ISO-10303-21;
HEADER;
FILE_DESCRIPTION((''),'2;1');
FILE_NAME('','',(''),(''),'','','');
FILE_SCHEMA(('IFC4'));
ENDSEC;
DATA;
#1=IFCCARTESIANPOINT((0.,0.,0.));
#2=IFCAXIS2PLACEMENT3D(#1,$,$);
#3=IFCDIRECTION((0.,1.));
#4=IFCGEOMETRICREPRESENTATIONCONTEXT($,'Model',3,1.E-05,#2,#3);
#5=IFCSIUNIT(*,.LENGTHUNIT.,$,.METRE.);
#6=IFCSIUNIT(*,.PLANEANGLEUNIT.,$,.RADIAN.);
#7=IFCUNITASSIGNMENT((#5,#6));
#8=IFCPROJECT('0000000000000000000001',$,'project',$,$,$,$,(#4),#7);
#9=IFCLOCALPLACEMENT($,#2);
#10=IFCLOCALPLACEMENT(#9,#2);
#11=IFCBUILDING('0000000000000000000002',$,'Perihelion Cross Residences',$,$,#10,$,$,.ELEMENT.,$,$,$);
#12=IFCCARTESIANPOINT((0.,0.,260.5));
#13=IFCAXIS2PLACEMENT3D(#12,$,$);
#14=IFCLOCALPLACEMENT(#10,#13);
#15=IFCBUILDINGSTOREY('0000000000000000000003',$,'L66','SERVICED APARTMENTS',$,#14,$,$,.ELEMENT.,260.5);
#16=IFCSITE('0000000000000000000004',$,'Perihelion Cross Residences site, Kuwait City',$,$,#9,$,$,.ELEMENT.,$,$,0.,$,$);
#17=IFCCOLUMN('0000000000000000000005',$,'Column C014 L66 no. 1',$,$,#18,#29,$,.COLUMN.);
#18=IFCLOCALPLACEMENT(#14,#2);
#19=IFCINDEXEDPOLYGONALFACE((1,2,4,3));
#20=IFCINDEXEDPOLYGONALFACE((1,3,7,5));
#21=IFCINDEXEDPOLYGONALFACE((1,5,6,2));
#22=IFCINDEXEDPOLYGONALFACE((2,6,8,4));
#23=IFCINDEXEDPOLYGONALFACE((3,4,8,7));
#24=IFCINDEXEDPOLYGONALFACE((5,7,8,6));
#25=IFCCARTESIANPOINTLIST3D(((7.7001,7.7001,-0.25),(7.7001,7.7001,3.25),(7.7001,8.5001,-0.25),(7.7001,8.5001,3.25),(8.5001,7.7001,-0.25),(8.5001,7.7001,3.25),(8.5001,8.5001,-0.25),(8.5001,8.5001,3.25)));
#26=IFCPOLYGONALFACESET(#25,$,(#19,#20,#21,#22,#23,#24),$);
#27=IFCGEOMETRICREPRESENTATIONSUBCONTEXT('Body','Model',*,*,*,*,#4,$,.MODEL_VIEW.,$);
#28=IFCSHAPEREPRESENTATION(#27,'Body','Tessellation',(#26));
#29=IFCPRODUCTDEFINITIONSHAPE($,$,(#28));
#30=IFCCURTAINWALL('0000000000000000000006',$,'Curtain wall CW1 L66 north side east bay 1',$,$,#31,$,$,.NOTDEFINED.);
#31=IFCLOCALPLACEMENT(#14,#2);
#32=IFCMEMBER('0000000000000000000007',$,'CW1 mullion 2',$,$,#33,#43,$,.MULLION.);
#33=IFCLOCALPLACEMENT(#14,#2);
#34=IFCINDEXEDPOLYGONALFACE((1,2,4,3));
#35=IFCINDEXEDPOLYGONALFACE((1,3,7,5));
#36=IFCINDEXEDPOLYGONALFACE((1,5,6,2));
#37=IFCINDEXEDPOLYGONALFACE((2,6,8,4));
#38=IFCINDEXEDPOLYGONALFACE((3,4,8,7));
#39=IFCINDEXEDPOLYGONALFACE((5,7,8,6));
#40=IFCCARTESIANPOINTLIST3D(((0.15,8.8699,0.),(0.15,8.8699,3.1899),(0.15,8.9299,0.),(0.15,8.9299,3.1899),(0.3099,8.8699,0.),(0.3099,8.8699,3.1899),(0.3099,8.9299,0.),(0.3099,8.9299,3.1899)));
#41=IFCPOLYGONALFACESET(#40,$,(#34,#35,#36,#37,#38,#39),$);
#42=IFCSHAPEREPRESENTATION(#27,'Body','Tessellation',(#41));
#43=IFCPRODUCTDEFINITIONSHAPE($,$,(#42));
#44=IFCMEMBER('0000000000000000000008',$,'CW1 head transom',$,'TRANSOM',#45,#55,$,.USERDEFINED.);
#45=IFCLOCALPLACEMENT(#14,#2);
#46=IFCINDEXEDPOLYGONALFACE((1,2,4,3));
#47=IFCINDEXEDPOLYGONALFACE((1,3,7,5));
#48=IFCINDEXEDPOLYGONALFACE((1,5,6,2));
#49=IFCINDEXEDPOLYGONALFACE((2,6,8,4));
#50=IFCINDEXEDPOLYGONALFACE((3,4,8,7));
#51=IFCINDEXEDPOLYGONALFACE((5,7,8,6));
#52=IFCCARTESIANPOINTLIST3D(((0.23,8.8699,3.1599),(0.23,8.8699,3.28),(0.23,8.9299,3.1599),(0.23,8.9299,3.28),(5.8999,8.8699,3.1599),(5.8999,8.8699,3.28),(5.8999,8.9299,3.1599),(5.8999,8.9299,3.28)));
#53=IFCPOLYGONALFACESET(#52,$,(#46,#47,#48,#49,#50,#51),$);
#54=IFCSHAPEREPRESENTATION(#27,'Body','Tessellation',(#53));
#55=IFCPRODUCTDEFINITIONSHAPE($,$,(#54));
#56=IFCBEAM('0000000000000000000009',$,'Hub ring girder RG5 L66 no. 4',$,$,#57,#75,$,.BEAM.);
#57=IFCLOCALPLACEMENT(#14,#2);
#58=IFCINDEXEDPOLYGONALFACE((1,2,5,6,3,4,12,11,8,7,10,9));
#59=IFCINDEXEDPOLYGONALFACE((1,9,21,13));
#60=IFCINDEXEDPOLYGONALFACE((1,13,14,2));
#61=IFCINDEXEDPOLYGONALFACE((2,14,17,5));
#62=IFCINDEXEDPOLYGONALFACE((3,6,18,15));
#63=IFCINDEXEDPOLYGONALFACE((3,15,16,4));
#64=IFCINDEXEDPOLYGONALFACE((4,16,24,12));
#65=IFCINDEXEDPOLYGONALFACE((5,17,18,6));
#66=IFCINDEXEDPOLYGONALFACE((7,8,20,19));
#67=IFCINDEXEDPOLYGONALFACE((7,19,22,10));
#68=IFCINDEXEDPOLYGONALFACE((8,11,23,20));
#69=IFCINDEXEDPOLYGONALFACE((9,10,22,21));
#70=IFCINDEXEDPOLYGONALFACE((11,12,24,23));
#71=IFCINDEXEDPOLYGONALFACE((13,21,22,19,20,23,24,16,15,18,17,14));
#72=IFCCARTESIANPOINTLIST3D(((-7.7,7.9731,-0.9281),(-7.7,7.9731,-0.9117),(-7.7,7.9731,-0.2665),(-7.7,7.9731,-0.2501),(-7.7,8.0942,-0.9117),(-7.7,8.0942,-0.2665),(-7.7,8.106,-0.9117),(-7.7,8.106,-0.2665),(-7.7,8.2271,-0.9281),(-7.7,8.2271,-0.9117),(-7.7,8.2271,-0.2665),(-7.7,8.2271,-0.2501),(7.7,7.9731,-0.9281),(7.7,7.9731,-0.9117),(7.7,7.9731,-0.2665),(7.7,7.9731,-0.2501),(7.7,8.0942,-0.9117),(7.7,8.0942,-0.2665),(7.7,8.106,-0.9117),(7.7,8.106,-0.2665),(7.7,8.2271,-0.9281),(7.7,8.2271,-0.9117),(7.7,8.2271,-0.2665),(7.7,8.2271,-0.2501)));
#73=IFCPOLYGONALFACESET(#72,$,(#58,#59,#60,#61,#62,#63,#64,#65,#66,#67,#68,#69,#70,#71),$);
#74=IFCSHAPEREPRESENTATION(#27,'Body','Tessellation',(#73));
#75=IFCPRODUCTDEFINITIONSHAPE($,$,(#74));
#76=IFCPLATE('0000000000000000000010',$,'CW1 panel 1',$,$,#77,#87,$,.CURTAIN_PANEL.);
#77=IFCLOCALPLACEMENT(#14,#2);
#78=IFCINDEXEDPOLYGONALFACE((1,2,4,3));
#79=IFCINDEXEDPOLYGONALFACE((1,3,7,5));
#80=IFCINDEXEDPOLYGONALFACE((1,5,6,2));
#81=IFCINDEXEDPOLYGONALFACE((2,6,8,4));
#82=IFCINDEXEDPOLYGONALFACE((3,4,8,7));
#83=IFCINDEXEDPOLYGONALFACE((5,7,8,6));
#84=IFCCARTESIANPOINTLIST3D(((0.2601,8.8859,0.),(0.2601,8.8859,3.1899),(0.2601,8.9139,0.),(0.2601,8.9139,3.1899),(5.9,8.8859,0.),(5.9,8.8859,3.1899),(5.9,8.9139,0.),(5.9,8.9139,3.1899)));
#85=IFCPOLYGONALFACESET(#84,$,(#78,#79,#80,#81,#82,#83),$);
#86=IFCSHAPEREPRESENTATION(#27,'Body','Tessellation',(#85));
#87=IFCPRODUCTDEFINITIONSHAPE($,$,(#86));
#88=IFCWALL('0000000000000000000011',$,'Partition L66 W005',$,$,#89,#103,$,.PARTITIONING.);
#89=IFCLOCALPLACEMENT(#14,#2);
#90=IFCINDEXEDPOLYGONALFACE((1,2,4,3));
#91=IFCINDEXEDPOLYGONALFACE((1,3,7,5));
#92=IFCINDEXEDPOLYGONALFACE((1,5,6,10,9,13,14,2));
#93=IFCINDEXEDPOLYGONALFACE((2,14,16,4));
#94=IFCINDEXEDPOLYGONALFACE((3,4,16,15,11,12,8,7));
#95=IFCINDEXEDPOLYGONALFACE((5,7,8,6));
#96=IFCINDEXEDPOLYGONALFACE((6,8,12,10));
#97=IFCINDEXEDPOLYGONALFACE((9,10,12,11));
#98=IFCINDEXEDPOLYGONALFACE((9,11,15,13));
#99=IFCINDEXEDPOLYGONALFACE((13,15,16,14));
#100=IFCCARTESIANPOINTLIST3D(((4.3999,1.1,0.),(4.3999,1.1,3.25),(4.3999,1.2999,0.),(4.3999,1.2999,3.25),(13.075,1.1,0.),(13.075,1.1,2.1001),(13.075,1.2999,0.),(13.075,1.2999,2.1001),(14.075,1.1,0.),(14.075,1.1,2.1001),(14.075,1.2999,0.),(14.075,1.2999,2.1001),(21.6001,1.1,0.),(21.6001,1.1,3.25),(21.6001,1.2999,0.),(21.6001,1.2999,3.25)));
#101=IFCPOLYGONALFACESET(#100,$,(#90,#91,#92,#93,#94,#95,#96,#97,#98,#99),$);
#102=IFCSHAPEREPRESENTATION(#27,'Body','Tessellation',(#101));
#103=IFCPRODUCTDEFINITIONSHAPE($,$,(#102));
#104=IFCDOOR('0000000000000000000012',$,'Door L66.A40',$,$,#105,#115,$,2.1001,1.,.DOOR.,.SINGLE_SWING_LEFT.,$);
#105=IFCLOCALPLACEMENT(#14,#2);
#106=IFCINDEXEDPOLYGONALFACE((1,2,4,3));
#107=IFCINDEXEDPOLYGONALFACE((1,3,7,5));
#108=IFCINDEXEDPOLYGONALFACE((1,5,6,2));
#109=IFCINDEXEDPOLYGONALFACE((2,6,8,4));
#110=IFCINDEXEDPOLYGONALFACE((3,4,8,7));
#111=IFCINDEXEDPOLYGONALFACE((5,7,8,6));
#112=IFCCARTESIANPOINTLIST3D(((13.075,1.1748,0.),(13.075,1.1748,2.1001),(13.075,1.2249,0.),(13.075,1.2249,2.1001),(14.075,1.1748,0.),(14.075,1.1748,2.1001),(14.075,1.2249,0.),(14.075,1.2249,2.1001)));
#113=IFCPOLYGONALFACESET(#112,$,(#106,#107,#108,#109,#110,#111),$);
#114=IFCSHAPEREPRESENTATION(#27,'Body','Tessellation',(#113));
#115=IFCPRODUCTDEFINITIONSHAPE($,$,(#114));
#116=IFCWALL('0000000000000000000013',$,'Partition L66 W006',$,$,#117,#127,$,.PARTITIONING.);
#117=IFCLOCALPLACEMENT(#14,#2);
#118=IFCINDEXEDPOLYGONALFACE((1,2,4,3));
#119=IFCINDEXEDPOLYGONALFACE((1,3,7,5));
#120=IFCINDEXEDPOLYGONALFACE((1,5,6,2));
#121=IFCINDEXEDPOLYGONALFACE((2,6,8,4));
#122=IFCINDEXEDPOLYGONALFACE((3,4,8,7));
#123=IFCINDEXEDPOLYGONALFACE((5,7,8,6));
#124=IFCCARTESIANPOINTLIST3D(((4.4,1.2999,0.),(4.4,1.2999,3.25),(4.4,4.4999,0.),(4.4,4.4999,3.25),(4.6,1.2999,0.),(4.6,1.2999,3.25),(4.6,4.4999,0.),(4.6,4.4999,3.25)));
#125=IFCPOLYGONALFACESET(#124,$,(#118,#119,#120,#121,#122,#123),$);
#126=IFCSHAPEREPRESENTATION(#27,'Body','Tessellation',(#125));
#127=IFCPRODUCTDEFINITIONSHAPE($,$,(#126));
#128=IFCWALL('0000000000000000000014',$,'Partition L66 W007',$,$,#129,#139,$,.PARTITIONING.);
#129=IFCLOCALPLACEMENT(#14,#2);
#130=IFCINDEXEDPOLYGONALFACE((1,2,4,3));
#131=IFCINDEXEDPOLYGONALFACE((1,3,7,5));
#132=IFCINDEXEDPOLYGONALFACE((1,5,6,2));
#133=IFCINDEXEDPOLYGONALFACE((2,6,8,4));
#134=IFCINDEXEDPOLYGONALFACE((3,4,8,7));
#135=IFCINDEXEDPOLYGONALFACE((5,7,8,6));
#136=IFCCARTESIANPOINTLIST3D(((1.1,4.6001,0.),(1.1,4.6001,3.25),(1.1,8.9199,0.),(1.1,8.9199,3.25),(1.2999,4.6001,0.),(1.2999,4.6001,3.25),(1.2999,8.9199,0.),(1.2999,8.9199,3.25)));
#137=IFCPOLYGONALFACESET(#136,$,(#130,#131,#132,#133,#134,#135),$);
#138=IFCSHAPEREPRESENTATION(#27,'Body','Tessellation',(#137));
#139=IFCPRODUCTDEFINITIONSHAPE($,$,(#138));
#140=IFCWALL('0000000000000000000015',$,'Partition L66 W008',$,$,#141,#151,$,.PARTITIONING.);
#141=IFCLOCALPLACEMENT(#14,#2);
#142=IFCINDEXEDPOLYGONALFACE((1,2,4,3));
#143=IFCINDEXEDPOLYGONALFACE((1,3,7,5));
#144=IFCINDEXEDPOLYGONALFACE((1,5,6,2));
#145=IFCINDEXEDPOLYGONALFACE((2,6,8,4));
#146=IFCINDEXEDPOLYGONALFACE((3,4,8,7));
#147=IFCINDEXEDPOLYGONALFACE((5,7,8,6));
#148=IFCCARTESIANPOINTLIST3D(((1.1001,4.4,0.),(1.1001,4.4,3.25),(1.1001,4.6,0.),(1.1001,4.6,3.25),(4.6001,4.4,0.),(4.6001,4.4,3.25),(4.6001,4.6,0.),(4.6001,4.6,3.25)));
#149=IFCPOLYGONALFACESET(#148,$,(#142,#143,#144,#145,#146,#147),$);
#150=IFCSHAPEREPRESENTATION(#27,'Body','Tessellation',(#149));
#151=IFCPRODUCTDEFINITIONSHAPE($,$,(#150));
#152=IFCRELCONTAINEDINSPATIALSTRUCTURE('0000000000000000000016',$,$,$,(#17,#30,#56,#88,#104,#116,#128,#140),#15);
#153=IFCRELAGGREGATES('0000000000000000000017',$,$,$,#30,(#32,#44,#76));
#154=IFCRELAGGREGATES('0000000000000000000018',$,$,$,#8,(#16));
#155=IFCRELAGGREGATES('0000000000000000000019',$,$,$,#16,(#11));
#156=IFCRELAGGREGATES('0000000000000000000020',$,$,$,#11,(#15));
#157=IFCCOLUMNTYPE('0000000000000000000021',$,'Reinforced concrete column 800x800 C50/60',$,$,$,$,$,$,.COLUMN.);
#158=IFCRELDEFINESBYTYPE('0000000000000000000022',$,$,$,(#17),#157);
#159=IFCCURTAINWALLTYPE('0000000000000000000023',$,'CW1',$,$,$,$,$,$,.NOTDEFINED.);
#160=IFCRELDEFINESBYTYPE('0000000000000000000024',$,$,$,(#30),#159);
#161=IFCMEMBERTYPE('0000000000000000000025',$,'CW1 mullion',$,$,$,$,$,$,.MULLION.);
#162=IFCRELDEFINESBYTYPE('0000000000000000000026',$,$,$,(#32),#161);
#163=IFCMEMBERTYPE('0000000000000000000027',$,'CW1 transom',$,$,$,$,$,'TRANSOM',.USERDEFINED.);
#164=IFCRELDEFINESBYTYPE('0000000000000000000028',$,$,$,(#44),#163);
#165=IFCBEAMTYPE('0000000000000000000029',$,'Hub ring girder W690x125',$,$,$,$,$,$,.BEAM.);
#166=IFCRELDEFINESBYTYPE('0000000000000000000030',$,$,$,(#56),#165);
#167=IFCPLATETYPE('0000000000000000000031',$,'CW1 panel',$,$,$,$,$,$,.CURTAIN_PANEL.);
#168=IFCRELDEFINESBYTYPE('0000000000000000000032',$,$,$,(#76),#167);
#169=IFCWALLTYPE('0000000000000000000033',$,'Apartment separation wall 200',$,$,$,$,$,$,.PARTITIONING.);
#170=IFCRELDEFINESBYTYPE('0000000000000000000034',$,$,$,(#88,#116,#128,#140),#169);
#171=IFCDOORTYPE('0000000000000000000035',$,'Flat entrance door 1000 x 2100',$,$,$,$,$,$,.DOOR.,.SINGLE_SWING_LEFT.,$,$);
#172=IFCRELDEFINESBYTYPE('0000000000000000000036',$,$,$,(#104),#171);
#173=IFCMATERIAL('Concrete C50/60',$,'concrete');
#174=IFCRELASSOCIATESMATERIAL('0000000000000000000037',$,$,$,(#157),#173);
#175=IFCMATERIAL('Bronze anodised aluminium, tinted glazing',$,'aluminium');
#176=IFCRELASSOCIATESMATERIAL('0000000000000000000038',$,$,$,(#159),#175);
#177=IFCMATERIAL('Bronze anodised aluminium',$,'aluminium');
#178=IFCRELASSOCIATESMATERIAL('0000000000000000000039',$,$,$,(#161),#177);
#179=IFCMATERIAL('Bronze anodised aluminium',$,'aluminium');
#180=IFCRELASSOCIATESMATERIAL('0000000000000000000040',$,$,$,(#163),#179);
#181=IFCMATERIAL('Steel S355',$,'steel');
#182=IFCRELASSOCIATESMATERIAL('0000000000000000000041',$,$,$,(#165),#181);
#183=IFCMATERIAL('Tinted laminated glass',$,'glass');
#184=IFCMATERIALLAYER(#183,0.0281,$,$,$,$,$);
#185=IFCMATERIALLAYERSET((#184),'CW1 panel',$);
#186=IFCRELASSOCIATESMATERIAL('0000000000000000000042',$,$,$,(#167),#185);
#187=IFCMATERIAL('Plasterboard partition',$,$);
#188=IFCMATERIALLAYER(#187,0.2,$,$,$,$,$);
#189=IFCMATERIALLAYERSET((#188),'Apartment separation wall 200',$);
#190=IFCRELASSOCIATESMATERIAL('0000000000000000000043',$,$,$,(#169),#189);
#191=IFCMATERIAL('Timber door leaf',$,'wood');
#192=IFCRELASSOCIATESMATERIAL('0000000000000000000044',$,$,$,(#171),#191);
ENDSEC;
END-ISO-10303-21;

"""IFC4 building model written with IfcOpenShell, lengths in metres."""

from ifc_helpers import new_model, si_unit, direction, frame, frame_2d, origin, origin_2d, place, context, subcontext, project, spatial, rectangle, i_section, extrude, material, layer, layer_set, material_profile, profile_set, type_object, element, fill, aggregate, save


model = new_model("IFC4")

# Units and contexts
model_context = context("Model", 3, precision=1e-05, world=origin(), true_north=direction((0.0, 1.0)))
body_context = subcontext(model_context, "Body", "Model", "MODEL_VIEW")
ifc_project = project(units=[si_unit("LENGTHUNIT", "METRE"), si_unit("PLANEANGLEUNIT", "RADIAN")], contexts=[model_context])

# Site, building, storey
site_placement = place(None, origin())
site = spatial("IfcSite", under=ifc_project, at=site_placement, Name="Perihelion Cross Residences site, Kuwait City", CompositionType="ELEMENT", RefElevation=0.0)
building_placement = place(site_placement, origin())
building = spatial("IfcBuilding", under=site, at=building_placement, Name="Perihelion Cross Residences", CompositionType="ELEMENT")
storey_placement = place(building_placement, frame((0.0, 0.0, 260.5)))
storey = spatial("IfcBuildingStorey", under=building, at=storey_placement, Name="L66", Description="SERVICED APARTMENTS", CompositionType="ELEMENT", Elevation=260.5)

# Column
ifc_material_1 = material(Name="Concrete C50/60", Category="concrete")
ifc_material_profile_1 = material_profile(ifc_material_1, rectangle(XDim=0.8, YDim=0.8, at=origin_2d()), Name="RC 800x800")
ifc_profile_set_1 = profile_set([ifc_material_profile_1], Name="Concrete C50/60")
column_type = type_object("IfcColumnType", Name="Reinforced concrete column 800x800 C50/60", PredefinedType="COLUMN", material=ifc_profile_set_1)
column_placement = place(storey_placement, frame((8.1001, 8.1001, -0.25), z_axis=(0.0, 0.0, 1.0), x_axis=(1.0, 0.0, 0.0)))
element("IfcColumn", 1, at=column_placement, inside=storey, type_object=column_type, Name="Column C014 L66 no. 1", PredefinedType="COLUMN", context=body_context, shape_type="SweptSolid", body=[
    extrude(rectangle(XDim=0.8, YDim=0.8, at=origin_2d()), origin(), (0.0, 0.0, 1.0), 3.5),
])

# Curtain wall, members
ifc_material_2 = material(Name="Bronze anodised aluminium, tinted glazing", Category="aluminium")
curtain_wall_type = type_object("IfcCurtainWallType", Name="CW1", PredefinedType="NOTDEFINED", material=ifc_material_2)
curtain_wall_placement = place(storey_placement, origin())
curtain_wall = element("IfcCurtainWall", 2, at=curtain_wall_placement, inside=storey, type_object=curtain_wall_type, Name="Curtain wall CW1 L66 north side east bay 1", PredefinedType="NOTDEFINED")
ifc_material_3 = material(Name="Bronze anodised aluminium", Category="aluminium")
ifc_material_profile_2 = material_profile(ifc_material_3, rectangle(XDim=0.0601, YDim=0.1599, at=origin_2d()), Name="CW1 mullion")
ifc_profile_set_2 = profile_set([ifc_material_profile_2], Name="Bronze anodised aluminium")
member_type_1 = type_object("IfcMemberType", Name="CW1 mullion", PredefinedType="MULLION", material=ifc_profile_set_2)
member_1_placement = place(storey_placement, frame((0.23, 8.8999, 0.0), z_axis=(0.0, 0.0, 1.0), x_axis=(0.0, -1.0, 0.0)))
member_1 = element("IfcMember", 3, at=member_1_placement, type_object=member_type_1, Name="CW1 mullion 2", PredefinedType="MULLION", context=body_context, shape_type="SweptSolid", body=[
    extrude(rectangle(XDim=0.0601, YDim=0.1599, at=origin_2d()), origin(), (0.0, 0.0, 1.0), 3.1899),
])
ifc_material_4 = material(Name="Bronze anodised aluminium", Category="aluminium")
ifc_material_profile_3 = material_profile(ifc_material_4, rectangle(XDim=0.0601, YDim=0.1201, at=origin_2d()), Name="CW1 transom")
ifc_profile_set_3 = profile_set([ifc_material_profile_3], Name="Bronze anodised aluminium")
member_type_2 = type_object("IfcMemberType", Name="CW1 transom", ElementType="TRANSOM", PredefinedType="USERDEFINED", material=ifc_profile_set_3)
member_2_placement = place(storey_placement, frame((5.8999, 8.8999, 3.22), z_axis=(-1.0, 0.0, 0.0), x_axis=(0.0, -1.0, 0.0)))
member_2 = element("IfcMember", 4, at=member_2_placement, type_object=member_type_2, Name="CW1 head transom", ObjectType="TRANSOM", PredefinedType="USERDEFINED", context=body_context, shape_type="SweptSolid", body=[
    extrude(rectangle(XDim=0.0601, YDim=0.1201, at=origin_2d()), origin(), (0.0, 0.0, 1.0), 5.6699),
])

# Beam
ifc_material_5 = material(Name="Steel S355", Category="steel")
ifc_material_profile_4 = material_profile(ifc_material_5, i_section(OverallWidth=0.2539, OverallDepth=0.678, WebThickness=0.0117, FlangeThickness=0.0164, at=origin_2d()), Name="W690x125")
ifc_profile_set_4 = profile_set([ifc_material_profile_4], Name="Steel S355")
beam_type = type_object("IfcBeamType", Name="Hub ring girder W690x125", PredefinedType="BEAM", material=ifc_profile_set_4)
beam_placement = place(storey_placement, frame((7.7, 8.1001, -0.5891), z_axis=(-1.0, 0.0, 0.0), x_axis=(0.0, -1.0, 0.0)))
element("IfcBeam", 5, at=beam_placement, inside=storey, type_object=beam_type, Name="Hub ring girder RG5 L66 no. 4", PredefinedType="BEAM", context=body_context, shape_type="SweptSolid", body=[
    extrude(i_section(OverallWidth=0.2539, OverallDepth=0.678, WebThickness=0.0117, FlangeThickness=0.0164, at=origin_2d()), origin(), (0.0, 0.0, 1.0), 15.3999),
])

# Plate
ifc_material_6 = material(Name="Tinted laminated glass", Category="glass")
ifc_layer_1 = layer(ifc_material_6, 0.0281)
ifc_layer_set_1 = layer_set([ifc_layer_1], Name="CW1 panel")
plate_type = type_object("IfcPlateType", Name="CW1 panel", PredefinedType="CURTAIN_PANEL", material=ifc_layer_set_1)
plate_placement = place(storey_placement, frame((3.0801, 8.8999, 0.0), z_axis=(0.0, 0.0, 1.0), x_axis=(-1.0, 0.0, 0.0)))
plate = element("IfcPlate", 6, at=plate_placement, type_object=plate_type, Name="CW1 panel 1", PredefinedType="CURTAIN_PANEL", context=body_context, shape_type="SweptSolid", body=[
    extrude(rectangle(XDim=5.6399, YDim=0.0281, at=origin_2d()), origin(), (0.0, 0.0, 1.0), 3.1899),
])
aggregate(curtain_wall, [member_1, member_2, plate])

# Wall, opening, door
ifc_material_7 = material(Name="Plasterboard partition")
ifc_layer_2 = layer(ifc_material_7, 0.2)
ifc_layer_set_2 = layer_set([ifc_layer_2], Name="Apartment separation wall 200")
wall_type_1 = type_object("IfcWallType", Name="Apartment separation wall 200", PredefinedType="PARTITIONING", material=ifc_layer_set_2)
wall_1_placement = place(storey_placement, frame((4.3999, 1.2, 0.0), z_axis=(0.0, 0.0, 1.0), x_axis=(1.0, 0.0, 0.0)))
wall_1 = element("IfcWall", 7, at=wall_1_placement, inside=storey, type_object=wall_type_1, Name="Partition L66 W005", PredefinedType="PARTITIONING", context=body_context, shape_type="SweptSolid", body=[
    extrude(rectangle(XDim=17.2002, YDim=0.2, at=frame_2d((8.6001, 0.0))), origin(), (0.0, 0.0, 1.0), 3.25),
])
opening_1_placement = place(wall_1_placement, frame((8.675, 0.0, 0.0)))
opening_1 = element("IfcOpeningElement", 8, at=opening_1_placement, cuts=wall_1, PredefinedType="OPENING", context=body_context, shape_type="SweptSolid", body=[
    extrude(rectangle(XDim=1.0, YDim=2.1001, at=frame_2d((0.5, 1.05))), frame((0.0, 0.1099, 0.0), z_axis=(0.0, -1.0, 0.0), x_axis=(1.0, 0.0, 0.0)), (0.0, 0.0, 1.0), 0.22),
])
ifc_material_8 = material(Name="Timber door leaf", Category="wood")
door_type_1 = type_object("IfcDoorType", Name="Flat entrance door 1000 x 2100", OperationType="SINGLE_SWING_LEFT", PredefinedType="DOOR", material=ifc_material_8)
door_1_placement = place(opening_1_placement, origin())
door_1 = element("IfcDoor", 9, at=door_1_placement, inside=storey, type_object=door_type_1, Name="Door L66.A40", OperationType="SINGLE_SWING_LEFT", OverallHeight=2.1001, OverallWidth=1.0, PredefinedType="DOOR", context=body_context, shape_type="SweptSolid", body=[
    extrude(rectangle(XDim=1.0, YDim=2.1001, at=frame_2d((0.5, 1.05))), frame((0.0, 0.0249, 0.0), z_axis=(0.0, -1.0, 0.0), x_axis=(1.0, 0.0, 0.0)), (0.0, 0.0, 1.0), 0.05),
])
fill(opening_1, door_1)

# Walls
wall_2_placement = place(storey_placement, frame((4.5, 4.5, 0.0), z_axis=(0.0, 0.0, 1.0), x_axis=(0.0, -1.0, 0.0)))
element("IfcWall", 10, at=wall_2_placement, inside=storey, type_object=wall_type_1, Name="Partition L66 W006", PredefinedType="PARTITIONING", context=body_context, shape_type="SweptSolid", body=[
    extrude(rectangle(XDim=3.2, YDim=0.2, at=frame_2d((1.6001, 0.0))), origin(), (0.0, 0.0, 1.0), 3.25),
])
wall_3_placement = place(storey_placement, frame((1.2, 8.9199, 0.0), z_axis=(0.0, 0.0, 1.0), x_axis=(0.0, -1.0, 0.0)))
element("IfcWall", 11, at=wall_3_placement, inside=storey, type_object=wall_type_1, Name="Partition L66 W007", PredefinedType="PARTITIONING", context=body_context, shape_type="SweptSolid", body=[
    extrude(rectangle(XDim=4.3198, YDim=0.2, at=frame_2d((2.1599, 0.0))), origin(), (0.0, 0.0, 1.0), 3.25),
])
wall_4_placement = place(storey_placement, frame((1.1001, 4.5, 0.0), z_axis=(0.0, 0.0, 1.0), x_axis=(1.0, 0.0, 0.0)))
element("IfcWall", 12, at=wall_4_placement, inside=storey, type_object=wall_type_1, Name="Partition L66 W008", PredefinedType="PARTITIONING", context=body_context, shape_type="SweptSolid", body=[
    extrude(rectangle(XDim=3.5, YDim=0.2, at=frame_2d((1.75, 0.0))), origin(), (0.0, 0.0, 1.0), 3.25),
])

save(model, "model.ifc")
